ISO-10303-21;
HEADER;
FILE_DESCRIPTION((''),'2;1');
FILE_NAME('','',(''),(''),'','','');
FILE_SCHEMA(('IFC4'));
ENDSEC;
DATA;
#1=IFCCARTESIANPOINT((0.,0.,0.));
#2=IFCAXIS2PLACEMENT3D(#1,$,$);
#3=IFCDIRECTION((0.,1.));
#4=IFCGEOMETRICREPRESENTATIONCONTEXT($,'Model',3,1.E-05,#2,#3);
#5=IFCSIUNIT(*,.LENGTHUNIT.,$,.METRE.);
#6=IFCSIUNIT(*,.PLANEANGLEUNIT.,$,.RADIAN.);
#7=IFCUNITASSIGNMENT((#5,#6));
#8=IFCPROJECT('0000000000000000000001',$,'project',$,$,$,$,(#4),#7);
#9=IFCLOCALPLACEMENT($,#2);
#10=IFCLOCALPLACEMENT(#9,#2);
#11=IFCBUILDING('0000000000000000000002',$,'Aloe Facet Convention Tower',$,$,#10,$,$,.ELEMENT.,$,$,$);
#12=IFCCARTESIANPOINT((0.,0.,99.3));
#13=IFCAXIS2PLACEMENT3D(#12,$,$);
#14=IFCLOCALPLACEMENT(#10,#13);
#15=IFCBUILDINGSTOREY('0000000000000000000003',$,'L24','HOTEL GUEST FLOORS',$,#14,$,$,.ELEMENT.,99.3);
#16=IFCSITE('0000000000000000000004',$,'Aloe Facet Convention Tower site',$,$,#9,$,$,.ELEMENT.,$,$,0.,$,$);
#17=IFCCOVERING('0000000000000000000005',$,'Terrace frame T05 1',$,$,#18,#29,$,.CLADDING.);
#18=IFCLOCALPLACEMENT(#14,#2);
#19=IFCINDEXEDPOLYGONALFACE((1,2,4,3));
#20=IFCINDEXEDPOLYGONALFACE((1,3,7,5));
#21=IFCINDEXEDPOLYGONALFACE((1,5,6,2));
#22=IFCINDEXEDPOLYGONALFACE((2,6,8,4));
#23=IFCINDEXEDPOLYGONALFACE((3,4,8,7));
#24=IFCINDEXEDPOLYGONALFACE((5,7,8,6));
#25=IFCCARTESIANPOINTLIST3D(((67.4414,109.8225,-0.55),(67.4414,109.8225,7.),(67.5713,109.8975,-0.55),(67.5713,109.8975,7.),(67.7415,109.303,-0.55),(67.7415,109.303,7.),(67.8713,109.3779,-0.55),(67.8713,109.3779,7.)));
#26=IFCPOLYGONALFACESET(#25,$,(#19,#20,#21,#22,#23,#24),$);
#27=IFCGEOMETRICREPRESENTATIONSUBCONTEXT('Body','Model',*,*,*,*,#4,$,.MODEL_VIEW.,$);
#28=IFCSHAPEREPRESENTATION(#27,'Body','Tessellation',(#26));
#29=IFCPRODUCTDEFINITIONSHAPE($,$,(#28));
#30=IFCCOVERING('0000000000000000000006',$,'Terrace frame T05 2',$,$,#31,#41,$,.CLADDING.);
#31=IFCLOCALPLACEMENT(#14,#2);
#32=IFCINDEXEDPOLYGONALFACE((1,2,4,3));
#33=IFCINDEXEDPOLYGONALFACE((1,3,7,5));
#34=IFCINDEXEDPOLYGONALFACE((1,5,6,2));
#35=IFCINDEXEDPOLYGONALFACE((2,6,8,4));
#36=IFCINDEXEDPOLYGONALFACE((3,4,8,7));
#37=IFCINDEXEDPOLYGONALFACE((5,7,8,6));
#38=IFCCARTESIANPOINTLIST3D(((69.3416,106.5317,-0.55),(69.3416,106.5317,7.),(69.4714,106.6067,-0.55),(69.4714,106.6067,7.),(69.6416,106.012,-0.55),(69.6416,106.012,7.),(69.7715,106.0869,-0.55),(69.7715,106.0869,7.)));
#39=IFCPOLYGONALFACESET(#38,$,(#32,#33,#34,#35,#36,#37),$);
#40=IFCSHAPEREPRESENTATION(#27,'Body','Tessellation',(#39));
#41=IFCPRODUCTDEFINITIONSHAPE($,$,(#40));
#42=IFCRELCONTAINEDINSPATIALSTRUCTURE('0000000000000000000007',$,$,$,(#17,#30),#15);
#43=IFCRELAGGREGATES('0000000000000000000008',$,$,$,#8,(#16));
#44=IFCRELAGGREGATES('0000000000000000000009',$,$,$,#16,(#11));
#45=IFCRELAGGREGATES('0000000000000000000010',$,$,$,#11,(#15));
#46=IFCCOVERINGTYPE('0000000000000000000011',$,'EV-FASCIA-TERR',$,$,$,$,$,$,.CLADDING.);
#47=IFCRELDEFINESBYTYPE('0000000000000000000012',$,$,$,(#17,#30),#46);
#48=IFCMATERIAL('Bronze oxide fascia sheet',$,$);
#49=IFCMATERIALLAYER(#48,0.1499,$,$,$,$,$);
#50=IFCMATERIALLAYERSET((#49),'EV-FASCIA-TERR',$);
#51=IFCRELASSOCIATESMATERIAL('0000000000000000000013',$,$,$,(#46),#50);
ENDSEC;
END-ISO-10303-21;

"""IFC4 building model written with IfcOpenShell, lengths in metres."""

from ifc_helpers import new_model, si_unit, direction, frame, origin, place, context, subcontext, project, spatial, polyline, outline, extrude, material, layer, layer_set, type_object, element, save


model = new_model("IFC4")

# Units and contexts
model_context = context("Model", 3, precision=1e-05, world=origin(), true_north=direction((0.0, 1.0)))
body_context = subcontext(model_context, "Body", "Model", "MODEL_VIEW")
ifc_project = project(units=[si_unit("LENGTHUNIT", "METRE"), si_unit("PLANEANGLEUNIT", "RADIAN")], contexts=[model_context])

# Site, building, storey
site_placement = place(None, origin())
site = spatial("IfcSite", under=ifc_project, at=site_placement, Name="Aloe Facet Convention Tower site", CompositionType="ELEMENT", RefElevation=0.0)
building_placement = place(site_placement, origin())
building = spatial("IfcBuilding", under=site, at=building_placement, Name="Aloe Facet Convention Tower", CompositionType="ELEMENT")
storey_placement = place(building_placement, frame((0.0, 0.0, 99.3)))
storey = spatial("IfcBuildingStorey", under=building, at=storey_placement, Name="L24", Description="HOTEL GUEST FLOORS", CompositionType="ELEMENT", Elevation=99.3)

# Coverings
ifc_material_1 = material(Name="Bronze oxide fascia sheet")
ifc_layer_1 = layer(ifc_material_1, 0.1499)
ifc_layer_set_1 = layer_set([ifc_layer_1], Name="EV-FASCIA-TERR")
covering_type = type_object("IfcCoveringType", Name="EV-FASCIA-TERR", PredefinedType="CLADDING", material=ifc_layer_set_1)
covering_1_placement = place(storey_placement, frame((0.0, 0.0, -0.55)))
element("IfcCovering", 1, at=covering_1_placement, inside=storey, type_object=covering_type, Name="Terrace frame T05 1", PredefinedType="CLADDING", context=body_context, shape_type="SweptSolid", body=[
    extrude(outline(polyline([(67.4414, 109.8225), (67.7415, 109.303), (67.8713, 109.3779), (67.5713, 109.8975), (67.4414, 109.8225)])), origin(), (0.0, 0.0, 1.0), 7.55),
])
covering_2_placement = place(storey_placement, frame((0.0, 0.0, -0.55)))
element("IfcCovering", 2, at=covering_2_placement, inside=storey, type_object=covering_type, Name="Terrace frame T05 2", PredefinedType="CLADDING", context=body_context, shape_type="SweptSolid", body=[
    extrude(outline(polyline([(69.3416, 106.5317), (69.6416, 106.012), (69.7715, 106.0869), (69.4714, 106.6067), (69.3416, 106.5317)])), origin(), (0.0, 0.0, 1.0), 7.55),
])

save(model, "model.ifc")
